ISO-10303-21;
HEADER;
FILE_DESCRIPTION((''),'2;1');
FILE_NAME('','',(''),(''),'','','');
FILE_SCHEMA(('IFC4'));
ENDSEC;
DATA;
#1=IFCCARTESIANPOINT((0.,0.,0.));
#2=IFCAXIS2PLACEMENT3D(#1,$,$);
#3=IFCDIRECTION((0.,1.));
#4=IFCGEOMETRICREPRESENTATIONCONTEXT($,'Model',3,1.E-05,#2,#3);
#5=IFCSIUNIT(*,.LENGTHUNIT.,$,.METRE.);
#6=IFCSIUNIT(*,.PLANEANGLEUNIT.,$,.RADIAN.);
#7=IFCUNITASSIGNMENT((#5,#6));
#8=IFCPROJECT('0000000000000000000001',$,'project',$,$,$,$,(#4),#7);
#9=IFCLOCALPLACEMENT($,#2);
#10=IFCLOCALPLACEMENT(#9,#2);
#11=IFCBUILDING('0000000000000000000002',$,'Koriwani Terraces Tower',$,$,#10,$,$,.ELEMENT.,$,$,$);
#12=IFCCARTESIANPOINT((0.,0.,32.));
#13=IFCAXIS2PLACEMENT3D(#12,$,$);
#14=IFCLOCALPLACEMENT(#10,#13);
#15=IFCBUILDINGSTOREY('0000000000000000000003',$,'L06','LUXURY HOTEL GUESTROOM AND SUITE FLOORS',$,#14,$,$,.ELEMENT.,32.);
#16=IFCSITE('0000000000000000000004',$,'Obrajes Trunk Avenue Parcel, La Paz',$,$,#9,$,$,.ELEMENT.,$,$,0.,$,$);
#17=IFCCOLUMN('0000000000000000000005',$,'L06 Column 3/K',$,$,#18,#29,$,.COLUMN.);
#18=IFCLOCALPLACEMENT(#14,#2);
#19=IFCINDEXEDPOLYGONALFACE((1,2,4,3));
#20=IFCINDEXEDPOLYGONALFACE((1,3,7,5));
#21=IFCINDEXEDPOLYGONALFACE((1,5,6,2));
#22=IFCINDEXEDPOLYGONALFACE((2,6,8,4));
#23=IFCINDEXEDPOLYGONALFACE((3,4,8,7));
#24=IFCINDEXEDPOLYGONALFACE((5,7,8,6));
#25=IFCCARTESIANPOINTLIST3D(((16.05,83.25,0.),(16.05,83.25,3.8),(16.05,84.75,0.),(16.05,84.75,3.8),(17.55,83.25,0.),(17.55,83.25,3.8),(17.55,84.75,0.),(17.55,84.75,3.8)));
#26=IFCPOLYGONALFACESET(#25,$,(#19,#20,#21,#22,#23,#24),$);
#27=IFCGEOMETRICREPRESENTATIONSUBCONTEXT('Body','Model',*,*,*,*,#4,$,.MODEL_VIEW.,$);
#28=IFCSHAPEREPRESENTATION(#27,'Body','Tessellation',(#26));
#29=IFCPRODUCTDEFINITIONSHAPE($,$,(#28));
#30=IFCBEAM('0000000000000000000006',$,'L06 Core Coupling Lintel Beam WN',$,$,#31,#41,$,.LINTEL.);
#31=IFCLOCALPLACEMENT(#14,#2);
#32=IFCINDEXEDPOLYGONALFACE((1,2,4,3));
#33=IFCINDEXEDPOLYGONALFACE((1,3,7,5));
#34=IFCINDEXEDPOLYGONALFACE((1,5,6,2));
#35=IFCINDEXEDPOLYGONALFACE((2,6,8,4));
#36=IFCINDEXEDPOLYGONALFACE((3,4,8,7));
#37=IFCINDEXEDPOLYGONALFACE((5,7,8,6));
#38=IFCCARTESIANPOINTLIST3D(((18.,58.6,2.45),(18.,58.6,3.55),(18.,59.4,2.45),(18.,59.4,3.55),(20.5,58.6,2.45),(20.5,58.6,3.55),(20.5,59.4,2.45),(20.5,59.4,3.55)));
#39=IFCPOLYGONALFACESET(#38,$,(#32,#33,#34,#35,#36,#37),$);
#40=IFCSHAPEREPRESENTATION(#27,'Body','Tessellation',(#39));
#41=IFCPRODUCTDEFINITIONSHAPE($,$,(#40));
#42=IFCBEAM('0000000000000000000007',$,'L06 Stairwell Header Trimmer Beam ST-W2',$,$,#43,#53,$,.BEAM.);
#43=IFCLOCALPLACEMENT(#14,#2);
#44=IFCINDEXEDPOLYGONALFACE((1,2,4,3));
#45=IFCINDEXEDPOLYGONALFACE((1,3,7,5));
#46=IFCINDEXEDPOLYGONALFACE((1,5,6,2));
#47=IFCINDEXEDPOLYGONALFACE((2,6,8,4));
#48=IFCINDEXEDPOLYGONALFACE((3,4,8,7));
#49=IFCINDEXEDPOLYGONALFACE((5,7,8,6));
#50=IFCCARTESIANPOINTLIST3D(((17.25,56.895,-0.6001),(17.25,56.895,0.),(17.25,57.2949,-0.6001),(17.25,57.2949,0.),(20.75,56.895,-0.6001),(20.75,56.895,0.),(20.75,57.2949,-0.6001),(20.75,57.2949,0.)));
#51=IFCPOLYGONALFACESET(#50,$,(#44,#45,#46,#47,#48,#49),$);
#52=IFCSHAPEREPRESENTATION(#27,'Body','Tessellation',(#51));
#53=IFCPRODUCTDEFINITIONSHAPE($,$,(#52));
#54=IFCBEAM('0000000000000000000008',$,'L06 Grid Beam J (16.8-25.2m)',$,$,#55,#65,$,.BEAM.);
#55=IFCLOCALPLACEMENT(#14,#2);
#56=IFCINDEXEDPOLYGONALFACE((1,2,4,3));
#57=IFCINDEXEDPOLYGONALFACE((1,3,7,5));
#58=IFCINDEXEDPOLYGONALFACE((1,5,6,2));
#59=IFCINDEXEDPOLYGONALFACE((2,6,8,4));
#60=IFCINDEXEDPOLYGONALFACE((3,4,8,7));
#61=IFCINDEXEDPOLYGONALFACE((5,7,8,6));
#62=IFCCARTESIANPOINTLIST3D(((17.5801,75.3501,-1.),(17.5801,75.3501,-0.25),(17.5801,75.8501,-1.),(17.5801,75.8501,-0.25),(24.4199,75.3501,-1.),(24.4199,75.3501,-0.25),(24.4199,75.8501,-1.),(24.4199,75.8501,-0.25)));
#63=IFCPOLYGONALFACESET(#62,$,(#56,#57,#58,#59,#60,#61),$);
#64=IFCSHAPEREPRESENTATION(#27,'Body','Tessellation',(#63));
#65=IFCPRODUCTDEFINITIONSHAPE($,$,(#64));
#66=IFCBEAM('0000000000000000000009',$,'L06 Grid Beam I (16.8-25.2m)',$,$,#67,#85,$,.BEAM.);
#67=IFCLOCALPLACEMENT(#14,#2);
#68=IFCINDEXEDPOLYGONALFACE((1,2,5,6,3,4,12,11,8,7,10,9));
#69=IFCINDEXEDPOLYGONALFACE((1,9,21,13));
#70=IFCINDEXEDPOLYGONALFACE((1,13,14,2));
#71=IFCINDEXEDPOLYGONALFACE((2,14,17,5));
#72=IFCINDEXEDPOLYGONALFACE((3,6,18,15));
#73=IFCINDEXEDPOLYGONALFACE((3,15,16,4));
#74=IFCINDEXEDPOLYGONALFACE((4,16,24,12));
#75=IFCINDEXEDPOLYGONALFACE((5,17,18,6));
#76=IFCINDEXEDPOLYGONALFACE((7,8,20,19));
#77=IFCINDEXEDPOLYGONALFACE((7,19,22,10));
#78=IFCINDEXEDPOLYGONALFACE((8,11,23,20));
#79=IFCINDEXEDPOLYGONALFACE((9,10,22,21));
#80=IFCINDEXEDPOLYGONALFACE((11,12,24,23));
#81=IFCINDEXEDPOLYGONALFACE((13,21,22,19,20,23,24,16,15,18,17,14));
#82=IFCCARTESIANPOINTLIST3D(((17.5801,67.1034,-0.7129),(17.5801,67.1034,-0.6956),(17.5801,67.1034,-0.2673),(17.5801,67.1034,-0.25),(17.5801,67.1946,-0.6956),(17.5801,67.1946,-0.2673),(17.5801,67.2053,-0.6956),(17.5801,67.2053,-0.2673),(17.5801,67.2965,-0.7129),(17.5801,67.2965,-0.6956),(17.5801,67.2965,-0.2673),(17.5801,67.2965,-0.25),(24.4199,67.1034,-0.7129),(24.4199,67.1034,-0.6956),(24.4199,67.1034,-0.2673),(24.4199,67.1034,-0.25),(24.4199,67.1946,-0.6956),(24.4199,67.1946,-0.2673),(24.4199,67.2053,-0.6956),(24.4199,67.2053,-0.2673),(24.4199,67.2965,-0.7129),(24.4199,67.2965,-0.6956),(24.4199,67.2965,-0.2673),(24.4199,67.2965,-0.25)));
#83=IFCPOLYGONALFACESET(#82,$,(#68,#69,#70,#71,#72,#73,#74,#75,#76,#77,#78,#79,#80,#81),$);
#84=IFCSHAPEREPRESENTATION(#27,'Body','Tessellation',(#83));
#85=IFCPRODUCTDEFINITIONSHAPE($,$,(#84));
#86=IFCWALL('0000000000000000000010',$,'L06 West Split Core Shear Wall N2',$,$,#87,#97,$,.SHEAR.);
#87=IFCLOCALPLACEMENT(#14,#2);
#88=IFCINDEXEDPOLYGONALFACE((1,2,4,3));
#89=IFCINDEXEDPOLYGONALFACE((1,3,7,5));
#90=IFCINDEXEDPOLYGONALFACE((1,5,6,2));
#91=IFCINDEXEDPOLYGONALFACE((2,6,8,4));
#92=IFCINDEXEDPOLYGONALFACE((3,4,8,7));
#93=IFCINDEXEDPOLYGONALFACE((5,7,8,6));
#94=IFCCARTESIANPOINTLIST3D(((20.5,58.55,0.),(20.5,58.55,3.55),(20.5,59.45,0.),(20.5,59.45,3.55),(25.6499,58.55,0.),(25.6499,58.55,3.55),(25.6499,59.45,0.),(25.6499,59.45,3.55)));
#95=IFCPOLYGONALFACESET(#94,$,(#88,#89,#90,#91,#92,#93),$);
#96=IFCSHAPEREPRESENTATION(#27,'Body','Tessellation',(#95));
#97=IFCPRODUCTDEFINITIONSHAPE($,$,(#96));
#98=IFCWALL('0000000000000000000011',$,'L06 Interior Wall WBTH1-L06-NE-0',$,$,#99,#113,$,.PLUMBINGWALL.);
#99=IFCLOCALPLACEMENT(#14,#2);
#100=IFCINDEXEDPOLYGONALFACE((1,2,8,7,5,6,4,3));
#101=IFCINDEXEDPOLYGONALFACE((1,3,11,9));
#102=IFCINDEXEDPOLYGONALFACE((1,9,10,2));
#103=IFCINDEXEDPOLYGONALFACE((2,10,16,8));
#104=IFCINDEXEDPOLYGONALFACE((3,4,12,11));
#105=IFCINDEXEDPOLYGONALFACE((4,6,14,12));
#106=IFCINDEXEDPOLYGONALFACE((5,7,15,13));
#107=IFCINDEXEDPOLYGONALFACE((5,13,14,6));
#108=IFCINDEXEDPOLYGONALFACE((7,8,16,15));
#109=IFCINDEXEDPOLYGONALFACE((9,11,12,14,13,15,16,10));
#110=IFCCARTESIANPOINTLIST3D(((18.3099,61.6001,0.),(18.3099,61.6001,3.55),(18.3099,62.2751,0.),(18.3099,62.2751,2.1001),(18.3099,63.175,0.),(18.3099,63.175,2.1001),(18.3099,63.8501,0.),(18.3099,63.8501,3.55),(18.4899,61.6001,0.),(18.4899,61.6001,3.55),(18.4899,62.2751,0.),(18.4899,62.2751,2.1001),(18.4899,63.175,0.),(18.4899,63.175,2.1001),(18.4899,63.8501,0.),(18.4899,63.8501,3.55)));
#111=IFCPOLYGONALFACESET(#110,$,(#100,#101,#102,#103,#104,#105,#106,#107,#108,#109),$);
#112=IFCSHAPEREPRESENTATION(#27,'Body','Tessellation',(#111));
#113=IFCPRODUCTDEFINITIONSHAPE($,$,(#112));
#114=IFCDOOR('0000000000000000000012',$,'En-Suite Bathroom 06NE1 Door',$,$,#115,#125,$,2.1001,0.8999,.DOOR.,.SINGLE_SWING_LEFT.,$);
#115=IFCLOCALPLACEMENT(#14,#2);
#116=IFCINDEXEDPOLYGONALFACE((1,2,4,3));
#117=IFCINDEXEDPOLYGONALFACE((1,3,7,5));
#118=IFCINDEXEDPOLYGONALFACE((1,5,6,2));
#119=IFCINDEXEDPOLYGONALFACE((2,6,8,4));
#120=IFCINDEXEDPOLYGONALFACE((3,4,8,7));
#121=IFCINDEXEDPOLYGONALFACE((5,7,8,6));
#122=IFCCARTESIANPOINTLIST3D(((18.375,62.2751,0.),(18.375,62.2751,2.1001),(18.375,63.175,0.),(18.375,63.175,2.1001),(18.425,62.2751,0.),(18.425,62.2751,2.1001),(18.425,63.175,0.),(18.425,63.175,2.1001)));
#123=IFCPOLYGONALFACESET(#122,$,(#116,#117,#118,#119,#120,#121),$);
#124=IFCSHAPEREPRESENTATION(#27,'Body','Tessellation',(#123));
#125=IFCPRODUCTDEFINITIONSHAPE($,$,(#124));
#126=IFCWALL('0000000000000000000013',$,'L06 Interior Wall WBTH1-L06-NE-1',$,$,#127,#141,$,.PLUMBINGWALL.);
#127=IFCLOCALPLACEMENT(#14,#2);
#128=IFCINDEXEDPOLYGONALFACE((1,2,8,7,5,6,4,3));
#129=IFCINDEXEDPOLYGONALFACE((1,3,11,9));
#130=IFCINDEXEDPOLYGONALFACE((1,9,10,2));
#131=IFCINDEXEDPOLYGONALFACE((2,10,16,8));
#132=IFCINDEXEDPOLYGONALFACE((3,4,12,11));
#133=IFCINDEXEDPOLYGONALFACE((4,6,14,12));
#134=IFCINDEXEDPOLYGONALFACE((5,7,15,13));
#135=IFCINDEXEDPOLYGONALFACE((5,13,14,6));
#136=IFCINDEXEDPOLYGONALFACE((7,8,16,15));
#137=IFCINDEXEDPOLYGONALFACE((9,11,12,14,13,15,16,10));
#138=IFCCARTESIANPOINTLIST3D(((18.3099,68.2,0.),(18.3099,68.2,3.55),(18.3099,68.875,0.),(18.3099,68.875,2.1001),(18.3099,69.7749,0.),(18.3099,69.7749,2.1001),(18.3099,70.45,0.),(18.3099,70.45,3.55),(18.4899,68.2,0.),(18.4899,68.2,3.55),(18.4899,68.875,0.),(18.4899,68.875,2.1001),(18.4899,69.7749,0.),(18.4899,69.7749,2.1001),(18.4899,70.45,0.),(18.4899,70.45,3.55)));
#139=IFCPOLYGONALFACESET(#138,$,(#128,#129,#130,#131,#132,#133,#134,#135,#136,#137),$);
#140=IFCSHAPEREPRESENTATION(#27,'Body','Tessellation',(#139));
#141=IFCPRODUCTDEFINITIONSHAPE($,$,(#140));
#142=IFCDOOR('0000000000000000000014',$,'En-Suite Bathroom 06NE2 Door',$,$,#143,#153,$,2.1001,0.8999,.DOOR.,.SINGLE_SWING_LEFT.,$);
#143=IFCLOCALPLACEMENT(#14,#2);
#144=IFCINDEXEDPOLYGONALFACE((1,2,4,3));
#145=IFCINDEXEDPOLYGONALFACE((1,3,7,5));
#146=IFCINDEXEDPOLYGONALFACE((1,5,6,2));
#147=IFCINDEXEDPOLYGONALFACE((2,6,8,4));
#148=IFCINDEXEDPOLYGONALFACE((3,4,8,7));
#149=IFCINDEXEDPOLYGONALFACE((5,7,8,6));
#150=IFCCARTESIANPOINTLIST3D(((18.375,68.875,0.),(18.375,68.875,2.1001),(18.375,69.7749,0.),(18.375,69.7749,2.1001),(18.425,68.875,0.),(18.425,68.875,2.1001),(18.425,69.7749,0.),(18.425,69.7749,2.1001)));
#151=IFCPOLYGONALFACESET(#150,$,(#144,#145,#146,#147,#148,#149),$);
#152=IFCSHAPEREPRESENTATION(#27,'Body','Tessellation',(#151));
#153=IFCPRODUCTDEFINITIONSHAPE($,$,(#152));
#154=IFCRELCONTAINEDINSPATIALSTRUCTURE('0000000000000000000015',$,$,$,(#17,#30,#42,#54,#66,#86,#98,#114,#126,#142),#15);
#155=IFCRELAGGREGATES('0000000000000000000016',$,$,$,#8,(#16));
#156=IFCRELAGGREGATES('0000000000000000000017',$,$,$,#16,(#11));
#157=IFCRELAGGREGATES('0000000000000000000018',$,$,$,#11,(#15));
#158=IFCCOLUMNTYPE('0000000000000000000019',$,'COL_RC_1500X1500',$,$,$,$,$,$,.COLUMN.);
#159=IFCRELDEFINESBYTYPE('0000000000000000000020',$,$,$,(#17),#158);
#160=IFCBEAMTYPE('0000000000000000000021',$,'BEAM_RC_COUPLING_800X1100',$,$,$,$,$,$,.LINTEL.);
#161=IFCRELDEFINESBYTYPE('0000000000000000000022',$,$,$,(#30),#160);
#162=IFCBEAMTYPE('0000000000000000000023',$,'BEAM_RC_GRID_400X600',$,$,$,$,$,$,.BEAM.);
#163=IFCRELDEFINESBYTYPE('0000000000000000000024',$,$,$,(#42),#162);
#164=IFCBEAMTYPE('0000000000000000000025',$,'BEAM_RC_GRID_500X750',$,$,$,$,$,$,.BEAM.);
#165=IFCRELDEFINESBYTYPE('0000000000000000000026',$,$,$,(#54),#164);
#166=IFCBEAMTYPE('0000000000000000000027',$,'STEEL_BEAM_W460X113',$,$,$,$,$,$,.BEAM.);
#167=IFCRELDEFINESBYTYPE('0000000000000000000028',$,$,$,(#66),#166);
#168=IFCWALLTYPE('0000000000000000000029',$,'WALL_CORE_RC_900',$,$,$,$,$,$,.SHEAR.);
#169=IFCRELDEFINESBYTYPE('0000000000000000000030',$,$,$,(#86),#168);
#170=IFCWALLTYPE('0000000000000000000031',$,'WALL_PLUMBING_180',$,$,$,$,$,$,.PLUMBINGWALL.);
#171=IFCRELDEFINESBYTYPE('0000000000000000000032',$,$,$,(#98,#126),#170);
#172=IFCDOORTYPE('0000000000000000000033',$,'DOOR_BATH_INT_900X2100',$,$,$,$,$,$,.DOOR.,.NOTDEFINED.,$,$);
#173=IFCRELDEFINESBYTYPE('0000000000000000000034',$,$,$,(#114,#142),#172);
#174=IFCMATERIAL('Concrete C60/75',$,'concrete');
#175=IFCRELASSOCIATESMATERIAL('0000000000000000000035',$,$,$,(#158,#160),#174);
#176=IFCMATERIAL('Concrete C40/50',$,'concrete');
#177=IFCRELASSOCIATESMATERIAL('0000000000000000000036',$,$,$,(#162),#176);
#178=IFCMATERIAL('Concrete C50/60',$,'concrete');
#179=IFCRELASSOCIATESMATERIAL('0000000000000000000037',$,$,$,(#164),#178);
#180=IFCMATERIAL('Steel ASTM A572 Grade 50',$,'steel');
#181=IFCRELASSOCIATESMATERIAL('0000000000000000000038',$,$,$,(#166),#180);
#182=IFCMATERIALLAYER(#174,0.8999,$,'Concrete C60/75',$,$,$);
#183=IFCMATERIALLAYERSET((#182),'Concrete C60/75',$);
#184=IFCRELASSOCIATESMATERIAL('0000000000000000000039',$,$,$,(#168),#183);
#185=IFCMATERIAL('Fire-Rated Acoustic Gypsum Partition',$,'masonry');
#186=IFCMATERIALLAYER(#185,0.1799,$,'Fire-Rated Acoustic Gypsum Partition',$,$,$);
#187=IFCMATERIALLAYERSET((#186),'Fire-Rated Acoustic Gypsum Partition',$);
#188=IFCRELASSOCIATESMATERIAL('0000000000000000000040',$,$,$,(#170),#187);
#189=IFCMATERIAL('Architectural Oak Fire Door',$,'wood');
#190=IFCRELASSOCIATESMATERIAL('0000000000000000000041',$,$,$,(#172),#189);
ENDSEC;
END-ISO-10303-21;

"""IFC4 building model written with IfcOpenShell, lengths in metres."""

from ifc_helpers import new_model, si_unit, direction, frame, frame_2d, origin, origin_2d, place, context, subcontext, project, spatial, rectangle, i_section, extrude, material, layer, layer_set, material_profile, profile_set, type_object, element, fill, save


model = new_model("IFC4")

# Units and contexts
model_context = context("Model", 3, precision=1e-05, world=origin(), true_north=direction((0.0, 1.0)))
body_context = subcontext(model_context, "Body", "Model", "MODEL_VIEW")
ifc_project = project(units=[si_unit("LENGTHUNIT", "METRE"), si_unit("PLANEANGLEUNIT", "RADIAN")], contexts=[model_context])

# Site, building, storey
site_placement = place(None, origin())
site = spatial("IfcSite", under=ifc_project, at=site_placement, Name="Obrajes Trunk Avenue Parcel, La Paz", CompositionType="ELEMENT", RefElevation=0.0)
building_placement = place(site_placement, origin())
building = spatial("IfcBuilding", under=site, at=building_placement, Name="Koriwani Terraces Tower", CompositionType="ELEMENT")
storey_placement = place(building_placement, frame((0.0, 0.0, 32.0)))
storey = spatial("IfcBuildingStorey", under=building, at=storey_placement, Name="L06", Description="LUXURY HOTEL GUESTROOM AND SUITE FLOORS", CompositionType="ELEMENT", Elevation=32.0)

# Column
ifc_material_1 = material(Name="Concrete C60/75", Category="concrete")
ifc_material_profile_1 = material_profile(ifc_material_1, rectangle(XDim=1.5, YDim=1.5, at=origin_2d()), Name="Concrete C60/75", Category="LoadBearing")
ifc_profile_set_1 = profile_set([ifc_material_profile_1], Name="Concrete C60/75")
column_type = type_object("IfcColumnType", Name="COL_RC_1500X1500", PredefinedType="COLUMN", material=ifc_profile_set_1)
column_placement = place(storey_placement, frame((16.8, 84.0, 0.0), z_axis=(0.0, 0.0, 1.0), x_axis=(1.0, 0.0, 0.0)))
element("IfcColumn", 1, at=column_placement, inside=storey, type_object=column_type, Name="L06 Column 3/K", PredefinedType="COLUMN", context=body_context, shape_type="SweptSolid", body=[
    extrude(rectangle(XDim=1.5, YDim=1.5, at=origin_2d()), origin(), (0.0, 0.0, 1.0), 3.8),
])

# Beams
ifc_material_profile_2 = material_profile(ifc_material_1, rectangle(XDim=0.8, YDim=1.1001, at=origin_2d()), Name="Concrete C60/75", Category="LoadBearing")
ifc_profile_set_2 = profile_set([ifc_material_profile_2], Name="Concrete C60/75")
beam_type_1 = type_object("IfcBeamType", Name="BEAM_RC_COUPLING_800X1100", PredefinedType="LINTEL", material=ifc_profile_set_2)
beam_1_placement = place(storey_placement, frame((18.0, 59.0, 3.0), z_axis=(1.0, 0.0, 0.0), x_axis=(0.0, 1.0, 0.0)))
element("IfcBeam", 2, at=beam_1_placement, inside=storey, type_object=beam_type_1, Name="L06 Core Coupling Lintel Beam WN", PredefinedType="LINTEL", context=body_context, shape_type="SweptSolid", body=[
    extrude(rectangle(XDim=0.8, YDim=1.1001, at=origin_2d()), origin(), (0.0, 0.0, 1.0), 2.5),
])
ifc_material_2 = material(Name="Concrete C40/50", Category="concrete")
ifc_material_profile_3 = material_profile(ifc_material_2, rectangle(XDim=0.3999, YDim=0.6001, at=origin_2d()), Name="Concrete C40/50", Category="LoadBearing")
ifc_profile_set_3 = profile_set([ifc_material_profile_3], Name="Concrete C40/50")
beam_type_2 = type_object("IfcBeamType", Name="BEAM_RC_GRID_400X600", PredefinedType="BEAM", material=ifc_profile_set_3)
beam_2_placement = place(storey_placement, frame((17.25, 57.095, -0.3), z_axis=(1.0, 0.0, 0.0), x_axis=(0.0, 1.0, 0.0)))
element("IfcBeam", 3, at=beam_2_placement, inside=storey, type_object=beam_type_2, Name="L06 Stairwell Header Trimmer Beam ST-W2", PredefinedType="BEAM", context=body_context, shape_type="SweptSolid", body=[
    extrude(rectangle(XDim=0.3999, YDim=0.6001, at=origin_2d()), origin(), (0.0, 0.0, 1.0), 3.5),
])
ifc_material_3 = material(Name="Concrete C50/60", Category="concrete")
ifc_material_profile_4 = material_profile(ifc_material_3, rectangle(XDim=0.5, YDim=0.75, at=origin_2d()), Name="Concrete C50/60", Category="LoadBearing")
ifc_profile_set_4 = profile_set([ifc_material_profile_4], Name="Concrete C50/60")
beam_type_3 = type_object("IfcBeamType", Name="BEAM_RC_GRID_500X750", PredefinedType="BEAM", material=ifc_profile_set_4)
beam_3_placement = place(storey_placement, frame((17.5801, 75.6001, -0.625), z_axis=(1.0, 0.0, 0.0), x_axis=(0.0, 1.0, 0.0)))
element("IfcBeam", 4, at=beam_3_placement, inside=storey, type_object=beam_type_3, Name="L06 Grid Beam J (16.8-25.2m)", PredefinedType="BEAM", context=body_context, shape_type="SweptSolid", body=[
    extrude(rectangle(XDim=0.5, YDim=0.75, at=origin_2d()), origin(), (0.0, 0.0, 1.0), 6.8398),
])
ifc_material_4 = material(Name="Steel ASTM A572 Grade 50", Category="steel")
ifc_material_profile_5 = material_profile(ifc_material_4, i_section(OverallWidth=0.1931, OverallDepth=0.4629, WebThickness=0.0107, FlangeThickness=0.0173, at=origin_2d()), Name="Steel ASTM A572 Grade 50", Category="LoadBearing")
ifc_profile_set_5 = profile_set([ifc_material_profile_5], Name="Steel ASTM A572 Grade 50")
beam_type_4 = type_object("IfcBeamType", Name="STEEL_BEAM_W460X113", PredefinedType="BEAM", material=ifc_profile_set_5)
beam_4_placement = place(storey_placement, frame((17.5801, 67.2, -0.4814), z_axis=(1.0, 0.0, 0.0), x_axis=(0.0, 1.0, 0.0)))
element("IfcBeam", 5, at=beam_4_placement, inside=storey, type_object=beam_type_4, Name="L06 Grid Beam I (16.8-25.2m)", PredefinedType="BEAM", context=body_context, shape_type="SweptSolid", body=[
    extrude(i_section(OverallWidth=0.1931, OverallDepth=0.4629, WebThickness=0.0107, FlangeThickness=0.0173, at=origin_2d()), origin(), (0.0, 0.0, 1.0), 6.8398),
])

# Wall
ifc_layer_1 = layer(ifc_material_1, 0.8999, Name="Concrete C60/75")
ifc_layer_set_1 = layer_set([ifc_layer_1], Name="Concrete C60/75")
wall_type_1 = type_object("IfcWallType", Name="WALL_CORE_RC_900", PredefinedType="SHEAR", material=ifc_layer_set_1)
wall_1_placement = place(storey_placement, frame((20.5, 59.0, 0.0), z_axis=(0.0, 0.0, 1.0), x_axis=(1.0, 0.0, 0.0)))
element("IfcWall", 6, at=wall_1_placement, inside=storey, type_object=wall_type_1, Name="L06 West Split Core Shear Wall N2", PredefinedType="SHEAR", context=body_context, shape_type="SweptSolid", body=[
    extrude(rectangle(XDim=5.1499, YDim=0.8999, at=frame_2d((2.575, 0.0))), origin(), (0.0, 0.0, 1.0), 3.55),
])

# Walls, openings, doors
ifc_material_5 = material(Name="Fire-Rated Acoustic Gypsum Partition", Category="masonry")
ifc_layer_2 = layer(ifc_material_5, 0.1799, Name="Fire-Rated Acoustic Gypsum Partition")
ifc_layer_set_2 = layer_set([ifc_layer_2], Name="Fire-Rated Acoustic Gypsum Partition")
wall_type_2 = type_object("IfcWallType", Name="WALL_PLUMBING_180", PredefinedType="PLUMBINGWALL", material=ifc_layer_set_2)
wall_2_placement = place(storey_placement, frame((18.3999, 61.6001, 0.0), z_axis=(0.0, 0.0, 1.0), x_axis=(0.0, 1.0, 0.0)))
wall_2 = element("IfcWall", 7, at=wall_2_placement, inside=storey, type_object=wall_type_2, Name="L06 Interior Wall WBTH1-L06-NE-0", PredefinedType="PLUMBINGWALL", context=body_context, shape_type="SweptSolid", body=[
    extrude(rectangle(XDim=2.25, YDim=0.1799, at=frame_2d((1.125, 0.0))), origin(), (0.0, 0.0, 1.0), 3.55),
])
opening_1_placement = place(wall_2_placement, frame((0.675, 0.0, 0.0)))
opening_1 = element("IfcOpeningElement", 8, at=opening_1_placement, cuts=wall_2, PredefinedType="OPENING", context=body_context, shape_type="SweptSolid", body=[
    extrude(rectangle(XDim=0.8999, YDim=2.1001, at=frame_2d((0.45, 1.05))), frame((0.0, 0.1001, 0.0), z_axis=(0.0, -1.0, 0.0), x_axis=(1.0, 0.0, 0.0)), (0.0, 0.0, 1.0), 0.2),
])
ifc_material_6 = material(Name="Architectural Oak Fire Door", Category="wood")
door_type_1 = type_object("IfcDoorType", Name="DOOR_BATH_INT_900X2100", OperationType="NOTDEFINED", PredefinedType="DOOR", material=ifc_material_6)
door_1_placement = place(opening_1_placement, origin())
door_1 = element("IfcDoor", 9, at=door_1_placement, inside=storey, type_object=door_type_1, Name="En-Suite Bathroom 06NE1 Door", OperationType="SINGLE_SWING_LEFT", OverallHeight=2.1001, OverallWidth=0.8999, PredefinedType="DOOR", context=body_context, shape_type="SweptSolid", body=[
    extrude(rectangle(XDim=0.8999, YDim=2.1001, at=frame_2d((0.45, 1.05))), frame((0.0, 0.0249, 0.0), z_axis=(0.0, -1.0, 0.0), x_axis=(1.0, 0.0, 0.0)), (0.0, 0.0, 1.0), 0.05),
])
fill(opening_1, door_1)
wall_3_placement = place(storey_placement, frame((18.3999, 68.2, 0.0), z_axis=(0.0, 0.0, 1.0), x_axis=(0.0, 1.0, 0.0)))
wall_3 = element("IfcWall", 10, at=wall_3_placement, inside=storey, type_object=wall_type_2, Name="L06 Interior Wall WBTH1-L06-NE-1", PredefinedType="PLUMBINGWALL", context=body_context, shape_type="SweptSolid", body=[
    extrude(rectangle(XDim=2.25, YDim=0.1799, at=frame_2d((1.125, 0.0))), origin(), (0.0, 0.0, 1.0), 3.55),
])
opening_2_placement = place(wall_3_placement, frame((0.675, 0.0, 0.0)))
opening_2 = element("IfcOpeningElement", 11, at=opening_2_placement, cuts=wall_3, PredefinedType="OPENING", context=body_context, shape_type="SweptSolid", body=[
    extrude(rectangle(XDim=0.8999, YDim=2.1001, at=frame_2d((0.45, 1.05))), frame((0.0, 0.1001, 0.0), z_axis=(0.0, -1.0, 0.0), x_axis=(1.0, 0.0, 0.0)), (0.0, 0.0, 1.0), 0.2),
])
door_2_placement = place(opening_2_placement, origin())
door_2 = element("IfcDoor", 12, at=door_2_placement, inside=storey, type_object=door_type_1, Name="En-Suite Bathroom 06NE2 Door", OperationType="SINGLE_SWING_LEFT", OverallHeight=2.1001, OverallWidth=0.8999, PredefinedType="DOOR", context=body_context, shape_type="SweptSolid", body=[
    extrude(rectangle(XDim=0.8999, YDim=2.1001, at=frame_2d((0.45, 1.05))), frame((0.0, 0.0249, 0.0), z_axis=(0.0, -1.0, 0.0), x_axis=(1.0, 0.0, 0.0)), (0.0, 0.0, 1.0), 0.05),
])
fill(opening_2, door_2)

save(model, "model.ifc")
